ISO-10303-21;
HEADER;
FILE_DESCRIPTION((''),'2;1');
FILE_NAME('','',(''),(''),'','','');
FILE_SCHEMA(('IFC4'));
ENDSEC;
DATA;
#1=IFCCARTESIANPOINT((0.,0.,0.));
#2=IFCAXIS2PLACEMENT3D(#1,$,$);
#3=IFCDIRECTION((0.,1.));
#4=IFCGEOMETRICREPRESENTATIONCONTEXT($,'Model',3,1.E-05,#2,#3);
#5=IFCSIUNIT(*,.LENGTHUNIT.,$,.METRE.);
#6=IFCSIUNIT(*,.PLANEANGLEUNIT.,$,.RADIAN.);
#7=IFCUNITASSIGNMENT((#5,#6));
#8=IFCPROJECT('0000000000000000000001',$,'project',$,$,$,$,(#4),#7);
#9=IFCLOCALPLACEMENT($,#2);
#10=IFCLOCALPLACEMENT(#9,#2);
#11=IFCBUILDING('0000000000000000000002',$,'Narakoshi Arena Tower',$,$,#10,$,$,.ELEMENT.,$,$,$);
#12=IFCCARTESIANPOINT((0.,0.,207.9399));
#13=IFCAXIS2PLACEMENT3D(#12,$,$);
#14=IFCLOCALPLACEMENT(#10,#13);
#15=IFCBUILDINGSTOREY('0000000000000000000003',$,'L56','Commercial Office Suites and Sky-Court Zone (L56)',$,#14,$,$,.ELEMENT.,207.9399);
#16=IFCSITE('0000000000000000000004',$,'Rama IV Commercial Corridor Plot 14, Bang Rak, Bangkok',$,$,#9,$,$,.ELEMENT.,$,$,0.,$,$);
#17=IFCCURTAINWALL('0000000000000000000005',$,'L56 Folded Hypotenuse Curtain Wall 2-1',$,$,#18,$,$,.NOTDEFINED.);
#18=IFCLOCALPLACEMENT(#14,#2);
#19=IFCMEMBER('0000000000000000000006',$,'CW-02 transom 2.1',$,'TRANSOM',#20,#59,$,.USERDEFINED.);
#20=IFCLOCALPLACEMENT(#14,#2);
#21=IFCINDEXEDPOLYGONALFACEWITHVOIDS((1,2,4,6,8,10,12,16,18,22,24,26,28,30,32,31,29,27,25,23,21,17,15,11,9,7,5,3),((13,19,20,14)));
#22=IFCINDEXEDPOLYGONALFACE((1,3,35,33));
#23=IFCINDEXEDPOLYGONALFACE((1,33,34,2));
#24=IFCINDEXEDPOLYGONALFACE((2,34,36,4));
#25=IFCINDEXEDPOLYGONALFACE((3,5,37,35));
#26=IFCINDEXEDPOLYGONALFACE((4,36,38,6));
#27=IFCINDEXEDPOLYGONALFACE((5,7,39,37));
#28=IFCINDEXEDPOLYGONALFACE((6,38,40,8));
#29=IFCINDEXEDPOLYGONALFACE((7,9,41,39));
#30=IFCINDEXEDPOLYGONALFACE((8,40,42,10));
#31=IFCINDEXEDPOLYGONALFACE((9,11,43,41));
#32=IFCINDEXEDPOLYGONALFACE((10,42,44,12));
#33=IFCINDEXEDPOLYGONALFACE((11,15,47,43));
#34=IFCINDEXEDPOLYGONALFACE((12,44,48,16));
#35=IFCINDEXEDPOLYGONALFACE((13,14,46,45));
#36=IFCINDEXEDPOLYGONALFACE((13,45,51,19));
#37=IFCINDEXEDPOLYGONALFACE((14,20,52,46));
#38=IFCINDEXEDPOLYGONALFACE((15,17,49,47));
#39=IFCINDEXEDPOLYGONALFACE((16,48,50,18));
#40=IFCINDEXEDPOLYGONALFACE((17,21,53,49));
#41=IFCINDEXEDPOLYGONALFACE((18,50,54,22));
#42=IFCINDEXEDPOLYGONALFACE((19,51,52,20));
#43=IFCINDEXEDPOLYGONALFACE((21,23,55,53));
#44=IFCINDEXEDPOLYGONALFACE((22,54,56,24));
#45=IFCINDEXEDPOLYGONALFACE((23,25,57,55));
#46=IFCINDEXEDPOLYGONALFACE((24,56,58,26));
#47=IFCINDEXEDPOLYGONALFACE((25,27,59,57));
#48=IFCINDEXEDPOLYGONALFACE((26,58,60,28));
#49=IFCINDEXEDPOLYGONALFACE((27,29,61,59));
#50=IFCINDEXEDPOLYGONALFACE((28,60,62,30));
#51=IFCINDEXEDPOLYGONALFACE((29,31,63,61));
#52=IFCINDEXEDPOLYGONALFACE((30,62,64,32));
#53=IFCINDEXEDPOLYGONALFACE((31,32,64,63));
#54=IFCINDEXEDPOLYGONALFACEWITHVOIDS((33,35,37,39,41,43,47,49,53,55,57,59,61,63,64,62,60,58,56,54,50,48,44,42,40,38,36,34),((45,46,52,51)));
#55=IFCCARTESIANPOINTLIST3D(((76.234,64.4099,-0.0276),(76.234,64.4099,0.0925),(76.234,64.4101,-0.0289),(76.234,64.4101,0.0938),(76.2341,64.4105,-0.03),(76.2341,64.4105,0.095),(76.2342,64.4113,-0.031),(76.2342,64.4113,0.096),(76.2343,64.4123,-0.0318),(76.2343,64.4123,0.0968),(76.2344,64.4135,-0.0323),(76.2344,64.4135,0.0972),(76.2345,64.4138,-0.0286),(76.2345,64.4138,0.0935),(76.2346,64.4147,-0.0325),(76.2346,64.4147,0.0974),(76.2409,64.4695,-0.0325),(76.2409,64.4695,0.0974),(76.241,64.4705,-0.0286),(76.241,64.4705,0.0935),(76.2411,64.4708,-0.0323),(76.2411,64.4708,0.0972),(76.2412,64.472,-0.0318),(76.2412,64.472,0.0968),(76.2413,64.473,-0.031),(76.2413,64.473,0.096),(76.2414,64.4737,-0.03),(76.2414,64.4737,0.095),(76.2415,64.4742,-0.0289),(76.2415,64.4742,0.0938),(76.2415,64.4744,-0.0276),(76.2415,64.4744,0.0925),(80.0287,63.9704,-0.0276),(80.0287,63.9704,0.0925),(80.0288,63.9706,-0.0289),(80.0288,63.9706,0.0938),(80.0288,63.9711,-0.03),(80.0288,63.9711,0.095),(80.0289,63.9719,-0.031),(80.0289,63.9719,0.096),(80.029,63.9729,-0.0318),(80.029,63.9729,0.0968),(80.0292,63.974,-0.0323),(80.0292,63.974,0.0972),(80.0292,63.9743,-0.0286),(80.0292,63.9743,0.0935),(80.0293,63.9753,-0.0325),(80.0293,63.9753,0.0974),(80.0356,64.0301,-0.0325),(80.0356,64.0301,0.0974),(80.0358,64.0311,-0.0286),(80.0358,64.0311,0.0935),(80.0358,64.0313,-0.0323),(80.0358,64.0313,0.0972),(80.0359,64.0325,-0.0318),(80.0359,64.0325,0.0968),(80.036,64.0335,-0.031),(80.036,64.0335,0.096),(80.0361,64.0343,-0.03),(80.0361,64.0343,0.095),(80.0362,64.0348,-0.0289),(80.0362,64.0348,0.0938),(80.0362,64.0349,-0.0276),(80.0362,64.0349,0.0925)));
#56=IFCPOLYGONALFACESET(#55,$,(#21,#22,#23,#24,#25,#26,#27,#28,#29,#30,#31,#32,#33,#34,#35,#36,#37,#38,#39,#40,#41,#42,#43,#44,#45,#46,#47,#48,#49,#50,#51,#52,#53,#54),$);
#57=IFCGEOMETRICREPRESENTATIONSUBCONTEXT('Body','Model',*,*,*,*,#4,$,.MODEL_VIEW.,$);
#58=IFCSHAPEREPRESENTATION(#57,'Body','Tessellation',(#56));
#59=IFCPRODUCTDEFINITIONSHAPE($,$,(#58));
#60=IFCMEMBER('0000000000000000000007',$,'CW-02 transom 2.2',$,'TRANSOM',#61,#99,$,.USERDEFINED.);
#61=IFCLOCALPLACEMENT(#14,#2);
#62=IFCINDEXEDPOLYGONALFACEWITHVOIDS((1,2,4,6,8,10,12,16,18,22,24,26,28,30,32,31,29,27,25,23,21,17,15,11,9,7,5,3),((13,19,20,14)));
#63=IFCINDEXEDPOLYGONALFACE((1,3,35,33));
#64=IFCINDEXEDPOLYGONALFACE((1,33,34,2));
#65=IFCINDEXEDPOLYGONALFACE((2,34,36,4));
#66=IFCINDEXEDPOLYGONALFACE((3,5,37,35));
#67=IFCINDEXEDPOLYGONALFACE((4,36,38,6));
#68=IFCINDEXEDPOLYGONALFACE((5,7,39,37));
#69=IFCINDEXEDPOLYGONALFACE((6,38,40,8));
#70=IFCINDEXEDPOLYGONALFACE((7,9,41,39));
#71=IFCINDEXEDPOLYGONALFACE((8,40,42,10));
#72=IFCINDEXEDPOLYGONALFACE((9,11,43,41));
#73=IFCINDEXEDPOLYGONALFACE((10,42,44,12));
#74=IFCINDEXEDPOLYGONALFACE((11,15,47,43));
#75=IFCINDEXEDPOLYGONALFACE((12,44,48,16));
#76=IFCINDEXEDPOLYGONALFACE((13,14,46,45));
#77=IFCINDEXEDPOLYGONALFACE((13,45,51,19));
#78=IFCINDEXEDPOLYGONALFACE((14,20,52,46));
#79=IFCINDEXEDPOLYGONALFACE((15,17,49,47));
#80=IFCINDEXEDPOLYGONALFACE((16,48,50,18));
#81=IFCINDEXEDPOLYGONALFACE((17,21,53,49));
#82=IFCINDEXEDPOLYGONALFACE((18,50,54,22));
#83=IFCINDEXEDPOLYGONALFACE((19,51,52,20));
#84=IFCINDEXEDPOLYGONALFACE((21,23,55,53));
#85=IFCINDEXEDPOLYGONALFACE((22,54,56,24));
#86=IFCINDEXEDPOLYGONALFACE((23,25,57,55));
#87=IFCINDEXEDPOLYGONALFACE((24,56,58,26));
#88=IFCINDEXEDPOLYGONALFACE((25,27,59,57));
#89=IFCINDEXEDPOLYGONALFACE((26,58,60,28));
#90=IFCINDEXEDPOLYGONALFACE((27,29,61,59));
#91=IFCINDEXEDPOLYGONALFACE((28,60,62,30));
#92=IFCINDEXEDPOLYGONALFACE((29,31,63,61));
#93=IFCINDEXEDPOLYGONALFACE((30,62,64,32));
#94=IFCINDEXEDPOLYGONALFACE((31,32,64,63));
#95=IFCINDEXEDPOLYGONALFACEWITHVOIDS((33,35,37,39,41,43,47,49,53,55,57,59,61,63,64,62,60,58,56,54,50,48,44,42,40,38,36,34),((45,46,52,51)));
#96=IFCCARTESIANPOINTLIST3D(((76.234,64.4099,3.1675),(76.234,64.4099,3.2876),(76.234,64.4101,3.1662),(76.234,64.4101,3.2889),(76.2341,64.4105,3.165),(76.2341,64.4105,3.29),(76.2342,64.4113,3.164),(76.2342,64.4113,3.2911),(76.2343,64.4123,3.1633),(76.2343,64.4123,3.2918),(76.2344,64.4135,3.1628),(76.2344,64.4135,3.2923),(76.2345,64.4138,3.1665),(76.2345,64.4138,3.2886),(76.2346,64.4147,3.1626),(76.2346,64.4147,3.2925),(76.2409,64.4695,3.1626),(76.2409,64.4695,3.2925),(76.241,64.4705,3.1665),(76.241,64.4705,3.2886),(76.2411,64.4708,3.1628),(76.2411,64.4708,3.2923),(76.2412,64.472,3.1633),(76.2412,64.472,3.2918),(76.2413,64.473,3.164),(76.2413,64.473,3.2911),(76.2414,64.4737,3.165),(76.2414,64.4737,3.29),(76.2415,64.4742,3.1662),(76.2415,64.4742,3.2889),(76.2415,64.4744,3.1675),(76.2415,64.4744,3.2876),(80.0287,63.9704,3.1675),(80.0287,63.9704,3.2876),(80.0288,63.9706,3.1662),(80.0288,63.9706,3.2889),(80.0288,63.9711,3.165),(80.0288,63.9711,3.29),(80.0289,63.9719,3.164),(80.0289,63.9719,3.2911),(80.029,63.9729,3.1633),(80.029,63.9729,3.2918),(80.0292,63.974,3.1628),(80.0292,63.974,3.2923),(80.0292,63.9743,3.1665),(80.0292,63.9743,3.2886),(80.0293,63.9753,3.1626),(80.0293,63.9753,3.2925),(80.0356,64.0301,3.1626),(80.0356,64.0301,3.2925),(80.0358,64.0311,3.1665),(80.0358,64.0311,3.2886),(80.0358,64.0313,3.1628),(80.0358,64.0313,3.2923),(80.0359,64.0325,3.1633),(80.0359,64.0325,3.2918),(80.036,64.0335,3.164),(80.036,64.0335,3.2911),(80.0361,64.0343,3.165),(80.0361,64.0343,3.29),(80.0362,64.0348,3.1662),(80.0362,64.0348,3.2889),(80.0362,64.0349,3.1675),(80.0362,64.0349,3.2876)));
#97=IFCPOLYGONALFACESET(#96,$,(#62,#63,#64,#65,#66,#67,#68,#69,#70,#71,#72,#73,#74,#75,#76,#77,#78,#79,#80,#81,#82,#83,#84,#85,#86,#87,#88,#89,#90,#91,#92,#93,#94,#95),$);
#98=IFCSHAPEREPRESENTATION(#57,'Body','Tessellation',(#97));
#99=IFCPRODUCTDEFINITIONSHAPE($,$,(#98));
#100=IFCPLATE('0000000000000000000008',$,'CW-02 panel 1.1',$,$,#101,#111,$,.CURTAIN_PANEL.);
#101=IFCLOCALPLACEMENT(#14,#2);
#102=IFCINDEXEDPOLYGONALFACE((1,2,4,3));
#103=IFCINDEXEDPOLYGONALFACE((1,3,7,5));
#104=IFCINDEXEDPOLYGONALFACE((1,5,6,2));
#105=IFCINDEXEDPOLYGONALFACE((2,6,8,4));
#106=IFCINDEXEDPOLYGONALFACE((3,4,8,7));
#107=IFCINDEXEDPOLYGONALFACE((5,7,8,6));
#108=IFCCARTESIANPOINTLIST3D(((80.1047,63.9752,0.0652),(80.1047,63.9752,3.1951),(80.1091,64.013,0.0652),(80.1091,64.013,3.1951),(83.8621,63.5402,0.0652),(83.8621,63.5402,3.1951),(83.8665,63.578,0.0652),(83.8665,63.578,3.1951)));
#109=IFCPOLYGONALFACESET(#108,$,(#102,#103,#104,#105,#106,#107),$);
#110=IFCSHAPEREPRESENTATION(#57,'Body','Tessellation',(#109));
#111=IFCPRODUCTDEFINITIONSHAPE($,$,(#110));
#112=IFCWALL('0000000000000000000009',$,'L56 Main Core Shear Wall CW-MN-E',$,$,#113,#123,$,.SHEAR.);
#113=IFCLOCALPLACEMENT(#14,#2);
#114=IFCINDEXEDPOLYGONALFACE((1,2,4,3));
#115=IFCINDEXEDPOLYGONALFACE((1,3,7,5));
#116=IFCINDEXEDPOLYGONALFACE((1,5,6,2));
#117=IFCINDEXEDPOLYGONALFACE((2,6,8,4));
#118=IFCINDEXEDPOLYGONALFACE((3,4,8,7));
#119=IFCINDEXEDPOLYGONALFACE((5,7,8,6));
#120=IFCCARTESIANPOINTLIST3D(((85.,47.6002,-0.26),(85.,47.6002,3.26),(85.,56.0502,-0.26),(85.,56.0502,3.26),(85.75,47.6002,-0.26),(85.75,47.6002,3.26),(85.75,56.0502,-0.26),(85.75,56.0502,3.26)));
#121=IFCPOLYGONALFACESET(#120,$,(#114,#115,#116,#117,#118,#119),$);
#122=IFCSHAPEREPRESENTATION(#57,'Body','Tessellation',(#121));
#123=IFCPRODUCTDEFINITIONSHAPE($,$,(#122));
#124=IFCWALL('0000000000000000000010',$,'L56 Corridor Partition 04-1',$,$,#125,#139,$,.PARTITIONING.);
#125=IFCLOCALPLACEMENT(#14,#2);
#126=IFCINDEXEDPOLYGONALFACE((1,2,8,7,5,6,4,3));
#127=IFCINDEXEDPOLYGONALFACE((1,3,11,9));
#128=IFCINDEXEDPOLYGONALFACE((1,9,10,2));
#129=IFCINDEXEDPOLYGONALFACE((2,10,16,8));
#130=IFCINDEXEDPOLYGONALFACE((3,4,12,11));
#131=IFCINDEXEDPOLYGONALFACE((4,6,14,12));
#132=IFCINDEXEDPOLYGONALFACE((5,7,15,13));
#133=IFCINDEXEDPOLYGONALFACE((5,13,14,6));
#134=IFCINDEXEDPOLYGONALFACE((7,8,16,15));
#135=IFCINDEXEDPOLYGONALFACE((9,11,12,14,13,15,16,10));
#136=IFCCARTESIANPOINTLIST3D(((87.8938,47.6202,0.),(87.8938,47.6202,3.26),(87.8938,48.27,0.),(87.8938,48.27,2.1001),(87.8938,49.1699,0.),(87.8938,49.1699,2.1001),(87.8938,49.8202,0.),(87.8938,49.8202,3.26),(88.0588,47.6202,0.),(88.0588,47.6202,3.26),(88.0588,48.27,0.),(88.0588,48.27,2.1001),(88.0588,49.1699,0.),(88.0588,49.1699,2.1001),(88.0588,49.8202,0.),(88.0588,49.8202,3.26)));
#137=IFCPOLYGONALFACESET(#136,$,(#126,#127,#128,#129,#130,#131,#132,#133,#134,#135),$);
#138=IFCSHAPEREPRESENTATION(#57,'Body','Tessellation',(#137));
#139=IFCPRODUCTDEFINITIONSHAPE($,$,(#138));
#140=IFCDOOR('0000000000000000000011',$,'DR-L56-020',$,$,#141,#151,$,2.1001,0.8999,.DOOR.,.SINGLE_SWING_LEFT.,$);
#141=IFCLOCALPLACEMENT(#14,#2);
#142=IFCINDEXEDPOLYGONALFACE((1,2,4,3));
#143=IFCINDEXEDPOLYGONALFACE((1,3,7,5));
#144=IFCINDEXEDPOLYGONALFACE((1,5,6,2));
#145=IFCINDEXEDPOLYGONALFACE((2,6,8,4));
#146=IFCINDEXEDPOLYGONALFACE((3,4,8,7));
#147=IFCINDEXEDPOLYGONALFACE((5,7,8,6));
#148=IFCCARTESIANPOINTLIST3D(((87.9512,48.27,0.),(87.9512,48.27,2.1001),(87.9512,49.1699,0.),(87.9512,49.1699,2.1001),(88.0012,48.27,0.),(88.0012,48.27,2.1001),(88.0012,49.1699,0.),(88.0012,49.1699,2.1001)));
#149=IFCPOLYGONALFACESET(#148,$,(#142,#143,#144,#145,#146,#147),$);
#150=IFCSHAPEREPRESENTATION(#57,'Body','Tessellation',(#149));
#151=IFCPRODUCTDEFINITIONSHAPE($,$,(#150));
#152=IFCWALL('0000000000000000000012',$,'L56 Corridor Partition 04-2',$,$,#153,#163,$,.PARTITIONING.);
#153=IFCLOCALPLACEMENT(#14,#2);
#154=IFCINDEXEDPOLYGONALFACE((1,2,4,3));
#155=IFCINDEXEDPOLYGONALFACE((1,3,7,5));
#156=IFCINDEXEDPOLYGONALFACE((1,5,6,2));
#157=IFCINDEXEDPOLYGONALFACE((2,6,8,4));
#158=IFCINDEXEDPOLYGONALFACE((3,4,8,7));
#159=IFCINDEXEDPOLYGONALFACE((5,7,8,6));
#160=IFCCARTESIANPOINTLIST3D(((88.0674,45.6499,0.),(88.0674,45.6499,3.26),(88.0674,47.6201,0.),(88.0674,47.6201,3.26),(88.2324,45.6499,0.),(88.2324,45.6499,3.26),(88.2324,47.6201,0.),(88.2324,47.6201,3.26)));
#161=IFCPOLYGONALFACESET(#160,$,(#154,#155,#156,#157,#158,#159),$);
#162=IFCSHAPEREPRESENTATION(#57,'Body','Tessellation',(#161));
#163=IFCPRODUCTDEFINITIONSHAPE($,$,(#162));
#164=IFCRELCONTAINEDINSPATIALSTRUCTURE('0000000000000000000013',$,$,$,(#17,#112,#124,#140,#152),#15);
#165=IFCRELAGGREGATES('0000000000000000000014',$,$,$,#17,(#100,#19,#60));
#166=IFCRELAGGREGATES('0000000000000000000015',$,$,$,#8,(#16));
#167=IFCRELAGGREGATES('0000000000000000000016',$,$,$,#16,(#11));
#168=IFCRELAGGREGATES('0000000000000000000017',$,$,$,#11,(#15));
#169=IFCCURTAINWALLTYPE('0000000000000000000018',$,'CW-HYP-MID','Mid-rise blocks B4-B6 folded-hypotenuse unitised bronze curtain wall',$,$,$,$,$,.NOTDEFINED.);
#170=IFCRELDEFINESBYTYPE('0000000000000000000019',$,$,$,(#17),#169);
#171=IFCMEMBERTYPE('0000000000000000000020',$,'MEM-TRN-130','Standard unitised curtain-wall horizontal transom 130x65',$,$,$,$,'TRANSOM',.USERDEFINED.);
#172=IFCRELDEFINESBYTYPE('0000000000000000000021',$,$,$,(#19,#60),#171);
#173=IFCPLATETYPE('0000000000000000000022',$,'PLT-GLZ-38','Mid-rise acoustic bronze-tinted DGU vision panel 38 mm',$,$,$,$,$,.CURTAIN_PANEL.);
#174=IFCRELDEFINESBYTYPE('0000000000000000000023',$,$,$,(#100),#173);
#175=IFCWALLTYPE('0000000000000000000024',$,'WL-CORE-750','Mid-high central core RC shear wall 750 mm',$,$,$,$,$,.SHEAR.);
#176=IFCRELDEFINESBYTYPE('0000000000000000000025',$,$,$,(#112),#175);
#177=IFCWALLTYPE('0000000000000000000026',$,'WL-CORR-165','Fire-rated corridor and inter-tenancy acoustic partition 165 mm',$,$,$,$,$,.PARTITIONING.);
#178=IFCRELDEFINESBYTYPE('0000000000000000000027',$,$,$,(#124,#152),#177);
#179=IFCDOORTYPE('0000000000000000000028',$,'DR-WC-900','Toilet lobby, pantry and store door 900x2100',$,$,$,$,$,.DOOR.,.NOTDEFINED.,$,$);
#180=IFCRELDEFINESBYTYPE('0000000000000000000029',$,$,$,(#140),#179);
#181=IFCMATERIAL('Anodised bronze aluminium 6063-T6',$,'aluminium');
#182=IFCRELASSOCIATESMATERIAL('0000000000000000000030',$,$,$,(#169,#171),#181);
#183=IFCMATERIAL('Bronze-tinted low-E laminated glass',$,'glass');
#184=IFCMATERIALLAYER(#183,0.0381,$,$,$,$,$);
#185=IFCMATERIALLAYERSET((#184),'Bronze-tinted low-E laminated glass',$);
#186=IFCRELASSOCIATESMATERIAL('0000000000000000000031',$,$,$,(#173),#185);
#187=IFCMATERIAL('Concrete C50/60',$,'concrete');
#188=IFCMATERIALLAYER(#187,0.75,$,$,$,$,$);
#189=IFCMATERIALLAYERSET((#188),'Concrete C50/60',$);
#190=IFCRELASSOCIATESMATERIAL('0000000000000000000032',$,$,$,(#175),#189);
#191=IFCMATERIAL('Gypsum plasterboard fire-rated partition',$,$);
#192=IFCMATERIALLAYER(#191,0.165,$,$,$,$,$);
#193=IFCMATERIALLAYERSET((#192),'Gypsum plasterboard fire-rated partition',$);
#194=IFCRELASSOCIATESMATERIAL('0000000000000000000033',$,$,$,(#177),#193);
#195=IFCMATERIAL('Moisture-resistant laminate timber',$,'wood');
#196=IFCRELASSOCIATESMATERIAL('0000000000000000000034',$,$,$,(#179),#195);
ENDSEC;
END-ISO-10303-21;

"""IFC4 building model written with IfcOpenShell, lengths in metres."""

from ifc_helpers import new_model, si_unit, direction, frame, frame_2d, origin, origin_2d, place, context, subcontext, project, spatial, rectangle, hollow_rectangle, extrude, material, layer, layer_set, material_profile, profile_set, type_object, element, fill, aggregate, save


model = new_model("IFC4")

# Units and contexts
model_context = context("Model", 3, precision=1e-05, world=origin(), true_north=direction((0.0, 1.0)))
body_context = subcontext(model_context, "Body", "Model", "MODEL_VIEW")
ifc_project = project(units=[si_unit("LENGTHUNIT", "METRE"), si_unit("PLANEANGLEUNIT", "RADIAN")], contexts=[model_context])

# Site, building, storey
site_placement = place(None, origin())
site = spatial("IfcSite", under=ifc_project, at=site_placement, Name="Rama IV Commercial Corridor Plot 14, Bang Rak, Bangkok", CompositionType="ELEMENT", RefElevation=0.0)
building_placement = place(site_placement, origin())
building = spatial("IfcBuilding", under=site, at=building_placement, Name="Narakoshi Arena Tower", CompositionType="ELEMENT")
storey_placement = place(building_placement, frame((0.0, 0.0, 207.9399)))
storey = spatial("IfcBuildingStorey", under=building, at=storey_placement, Name="L56", Description="Commercial Office Suites and Sky-Court Zone (L56)", CompositionType="ELEMENT", Elevation=207.9399)

# Curtain wall, members, plate
ifc_material_1 = material(Name="Anodised bronze aluminium 6063-T6", Category="aluminium")
curtain_wall_type = type_object("IfcCurtainWallType", Name="CW-HYP-MID", Description="Mid-rise blocks B4-B6 folded-hypotenuse unitised bronze curtain wall", PredefinedType="NOTDEFINED", material=ifc_material_1)
curtain_wall_placement = place(storey_placement, origin())
curtain_wall = element("IfcCurtainWall", 1, at=curtain_wall_placement, inside=storey, type_object=curtain_wall_type, Name="L56 Folded Hypotenuse Curtain Wall 2-1", PredefinedType="NOTDEFINED")
ifc_material_profile_1 = material_profile(ifc_material_1, hollow_rectangle(XDim=0.0649, YDim=0.1299, WallThickness=0.0039, OuterFilletRadius=0.0049, at=origin_2d()), Name="TRN130x65x4")
ifc_profile_set_1 = profile_set([ifc_material_profile_1], Name="Anodised bronze aluminium 6063-T6")
member_type_1 = type_object("IfcMemberType", Name="MEM-TRN-130", Description="Standard unitised curtain-wall horizontal transom 130x65", ElementType="TRANSOM", PredefinedType="USERDEFINED", material=ifc_profile_set_1)
member_1_placement = place(storey_placement, frame((80.0325, 64.0027, 0.0325), z_axis=(-0.993361, 0.115039, 0.0), x_axis=(-0.115039, -0.993361, 0.0)))
member_1 = element("IfcMember", 2, at=member_1_placement, type_object=member_type_1, Name="CW-02 transom 2.1", ObjectType="TRANSOM", PredefinedType="USERDEFINED", context=body_context, shape_type="SweptSolid", body=[
    extrude(hollow_rectangle(XDim=0.0649, YDim=0.1299, WallThickness=0.0039, OuterFilletRadius=0.0049, at=origin_2d()), origin(), (0.0, 0.0, 1.0), 3.8201),
])
member_2_placement = place(storey_placement, frame((80.0325, 64.0027, 3.2275), z_axis=(-0.993361, 0.115039, 0.0), x_axis=(-0.115039, -0.993361, 0.0)))
member_2 = element("IfcMember", 3, at=member_2_placement, type_object=member_type_1, Name="CW-02 transom 2.2", ObjectType="TRANSOM", PredefinedType="USERDEFINED", context=body_context, shape_type="SweptSolid", body=[
    extrude(hollow_rectangle(XDim=0.0649, YDim=0.1299, WallThickness=0.0039, OuterFilletRadius=0.0049, at=origin_2d()), origin(), (0.0, 0.0, 1.0), 3.8201),
])
ifc_material_2 = material(Name="Bronze-tinted low-E laminated glass", Category="glass")
ifc_layer_1 = layer(ifc_material_2, 0.0381)
ifc_layer_set_1 = layer_set([ifc_layer_1], Name="Bronze-tinted low-E laminated glass")
plate_type = type_object("IfcPlateType", Name="PLT-GLZ-38", Description="Mid-rise acoustic bronze-tinted DGU vision panel 38 mm", PredefinedType="CURTAIN_PANEL", material=ifc_layer_set_1)
plate_placement = place(storey_placement, frame((81.9856, 63.7766, 0.0652), z_axis=(0.0, 0.0, 1.0), x_axis=(-0.993364, 0.115011, 0.0)))
plate = element("IfcPlate", 4, at=plate_placement, type_object=plate_type, Name="CW-02 panel 1.1", PredefinedType="CURTAIN_PANEL", context=body_context, shape_type="SweptSolid", body=[
    extrude(rectangle(XDim=3.7825, YDim=0.0381, at=origin_2d()), origin(), (0.0, 0.0, 1.0), 3.1299),
])
aggregate(curtain_wall, [plate, member_1, member_2])

# Wall
ifc_material_3 = material(Name="Concrete C50/60", Category="concrete")
ifc_layer_2 = layer(ifc_material_3, 0.75)
ifc_layer_set_2 = layer_set([ifc_layer_2], Name="Concrete C50/60")
wall_type_1 = type_object("IfcWallType", Name="WL-CORE-750", Description="Mid-high central core RC shear wall 750 mm", PredefinedType="SHEAR", material=ifc_layer_set_2)
wall_1_placement = place(storey_placement, frame((85.375, 47.6001, -0.26), z_axis=(0.0, 0.0, 1.0), x_axis=(0.0, 1.0, 0.0)))
element("IfcWall", 5, at=wall_1_placement, inside=storey, type_object=wall_type_1, Name="L56 Main Core Shear Wall CW-MN-E", PredefinedType="SHEAR", context=body_context, shape_type="SweptSolid", body=[
    extrude(rectangle(XDim=8.45, YDim=0.75, at=frame_2d((4.2251, 0.0))), origin(), (0.0, 0.0, 1.0), 3.52),
])

# Wall, opening, door
ifc_material_4 = material(Name="Gypsum plasterboard fire-rated partition")
ifc_layer_3 = layer(ifc_material_4, 0.165)
ifc_layer_set_3 = layer_set([ifc_layer_3], Name="Gypsum plasterboard fire-rated partition")
wall_type_2 = type_object("IfcWallType", Name="WL-CORR-165", Description="Fire-rated corridor and inter-tenancy acoustic partition 165 mm", PredefinedType="PARTITIONING", material=ifc_layer_set_3)
wall_2_placement = place(storey_placement, frame((87.9763, 47.6201, 0.0), z_axis=(0.0, 0.0, 1.0), x_axis=(0.0, 1.0, 0.0)))
wall_2 = element("IfcWall", 6, at=wall_2_placement, inside=storey, type_object=wall_type_2, Name="L56 Corridor Partition 04-1", PredefinedType="PARTITIONING", context=body_context, shape_type="SweptSolid", body=[
    extrude(rectangle(XDim=2.2, YDim=0.165, at=frame_2d((1.1001, 0.0))), origin(), (0.0, 0.0, 1.0), 3.26),
])
opening_1_placement = place(wall_2_placement, frame((0.6499, 0.0, 0.0)))
opening_1 = element("IfcOpeningElement", 7, at=opening_1_placement, cuts=wall_2, PredefinedType="OPENING", context=body_context, shape_type="SweptSolid", body=[
    extrude(rectangle(XDim=0.8999, YDim=2.1001, at=frame_2d((0.45, 1.05))), frame((0.0, 0.0925, 0.0), z_axis=(0.0, -1.0, 0.0), x_axis=(1.0, 0.0, 0.0)), (0.0, 0.0, 1.0), 0.1851),
])
ifc_material_5 = material(Name="Moisture-resistant laminate timber", Category="wood")
door_type_1 = type_object("IfcDoorType", Name="DR-WC-900", Description="Toilet lobby, pantry and store door 900x2100", OperationType="NOTDEFINED", PredefinedType="DOOR", material=ifc_material_5)
door_1_placement = place(opening_1_placement, frame((0.8999, 0.0, 0.0), z_axis=(0.0, 0.0, 1.0), x_axis=(-1.0, 0.0, 0.0)))
door_1 = element("IfcDoor", 8, at=door_1_placement, inside=storey, type_object=door_type_1, Name="DR-L56-020", OperationType="SINGLE_SWING_LEFT", OverallHeight=2.1001, OverallWidth=0.8999, PredefinedType="DOOR", context=body_context, shape_type="SweptSolid", body=[
    extrude(rectangle(XDim=0.8999, YDim=2.1001, at=frame_2d((0.45, 1.05))), frame((0.0, 0.0249, 0.0), z_axis=(0.0, -1.0, 0.0), x_axis=(1.0, 0.0, 0.0)), (0.0, 0.0, 1.0), 0.05),
])
fill(opening_1, door_1)

# Wall
wall_3_placement = place(storey_placement, frame((88.1499, 45.6499, 0.0), z_axis=(0.0, 0.0, 1.0), x_axis=(0.0, 1.0, 0.0)))
element("IfcWall", 9, at=wall_3_placement, inside=storey, type_object=wall_type_2, Name="L56 Corridor Partition 04-2", PredefinedType="PARTITIONING", context=body_context, shape_type="SweptSolid", body=[
    extrude(rectangle(XDim=1.9702, YDim=0.165, at=frame_2d((0.9851, 0.0))), origin(), (0.0, 0.0, 1.0), 3.26),
])

save(model, "model.ifc")
